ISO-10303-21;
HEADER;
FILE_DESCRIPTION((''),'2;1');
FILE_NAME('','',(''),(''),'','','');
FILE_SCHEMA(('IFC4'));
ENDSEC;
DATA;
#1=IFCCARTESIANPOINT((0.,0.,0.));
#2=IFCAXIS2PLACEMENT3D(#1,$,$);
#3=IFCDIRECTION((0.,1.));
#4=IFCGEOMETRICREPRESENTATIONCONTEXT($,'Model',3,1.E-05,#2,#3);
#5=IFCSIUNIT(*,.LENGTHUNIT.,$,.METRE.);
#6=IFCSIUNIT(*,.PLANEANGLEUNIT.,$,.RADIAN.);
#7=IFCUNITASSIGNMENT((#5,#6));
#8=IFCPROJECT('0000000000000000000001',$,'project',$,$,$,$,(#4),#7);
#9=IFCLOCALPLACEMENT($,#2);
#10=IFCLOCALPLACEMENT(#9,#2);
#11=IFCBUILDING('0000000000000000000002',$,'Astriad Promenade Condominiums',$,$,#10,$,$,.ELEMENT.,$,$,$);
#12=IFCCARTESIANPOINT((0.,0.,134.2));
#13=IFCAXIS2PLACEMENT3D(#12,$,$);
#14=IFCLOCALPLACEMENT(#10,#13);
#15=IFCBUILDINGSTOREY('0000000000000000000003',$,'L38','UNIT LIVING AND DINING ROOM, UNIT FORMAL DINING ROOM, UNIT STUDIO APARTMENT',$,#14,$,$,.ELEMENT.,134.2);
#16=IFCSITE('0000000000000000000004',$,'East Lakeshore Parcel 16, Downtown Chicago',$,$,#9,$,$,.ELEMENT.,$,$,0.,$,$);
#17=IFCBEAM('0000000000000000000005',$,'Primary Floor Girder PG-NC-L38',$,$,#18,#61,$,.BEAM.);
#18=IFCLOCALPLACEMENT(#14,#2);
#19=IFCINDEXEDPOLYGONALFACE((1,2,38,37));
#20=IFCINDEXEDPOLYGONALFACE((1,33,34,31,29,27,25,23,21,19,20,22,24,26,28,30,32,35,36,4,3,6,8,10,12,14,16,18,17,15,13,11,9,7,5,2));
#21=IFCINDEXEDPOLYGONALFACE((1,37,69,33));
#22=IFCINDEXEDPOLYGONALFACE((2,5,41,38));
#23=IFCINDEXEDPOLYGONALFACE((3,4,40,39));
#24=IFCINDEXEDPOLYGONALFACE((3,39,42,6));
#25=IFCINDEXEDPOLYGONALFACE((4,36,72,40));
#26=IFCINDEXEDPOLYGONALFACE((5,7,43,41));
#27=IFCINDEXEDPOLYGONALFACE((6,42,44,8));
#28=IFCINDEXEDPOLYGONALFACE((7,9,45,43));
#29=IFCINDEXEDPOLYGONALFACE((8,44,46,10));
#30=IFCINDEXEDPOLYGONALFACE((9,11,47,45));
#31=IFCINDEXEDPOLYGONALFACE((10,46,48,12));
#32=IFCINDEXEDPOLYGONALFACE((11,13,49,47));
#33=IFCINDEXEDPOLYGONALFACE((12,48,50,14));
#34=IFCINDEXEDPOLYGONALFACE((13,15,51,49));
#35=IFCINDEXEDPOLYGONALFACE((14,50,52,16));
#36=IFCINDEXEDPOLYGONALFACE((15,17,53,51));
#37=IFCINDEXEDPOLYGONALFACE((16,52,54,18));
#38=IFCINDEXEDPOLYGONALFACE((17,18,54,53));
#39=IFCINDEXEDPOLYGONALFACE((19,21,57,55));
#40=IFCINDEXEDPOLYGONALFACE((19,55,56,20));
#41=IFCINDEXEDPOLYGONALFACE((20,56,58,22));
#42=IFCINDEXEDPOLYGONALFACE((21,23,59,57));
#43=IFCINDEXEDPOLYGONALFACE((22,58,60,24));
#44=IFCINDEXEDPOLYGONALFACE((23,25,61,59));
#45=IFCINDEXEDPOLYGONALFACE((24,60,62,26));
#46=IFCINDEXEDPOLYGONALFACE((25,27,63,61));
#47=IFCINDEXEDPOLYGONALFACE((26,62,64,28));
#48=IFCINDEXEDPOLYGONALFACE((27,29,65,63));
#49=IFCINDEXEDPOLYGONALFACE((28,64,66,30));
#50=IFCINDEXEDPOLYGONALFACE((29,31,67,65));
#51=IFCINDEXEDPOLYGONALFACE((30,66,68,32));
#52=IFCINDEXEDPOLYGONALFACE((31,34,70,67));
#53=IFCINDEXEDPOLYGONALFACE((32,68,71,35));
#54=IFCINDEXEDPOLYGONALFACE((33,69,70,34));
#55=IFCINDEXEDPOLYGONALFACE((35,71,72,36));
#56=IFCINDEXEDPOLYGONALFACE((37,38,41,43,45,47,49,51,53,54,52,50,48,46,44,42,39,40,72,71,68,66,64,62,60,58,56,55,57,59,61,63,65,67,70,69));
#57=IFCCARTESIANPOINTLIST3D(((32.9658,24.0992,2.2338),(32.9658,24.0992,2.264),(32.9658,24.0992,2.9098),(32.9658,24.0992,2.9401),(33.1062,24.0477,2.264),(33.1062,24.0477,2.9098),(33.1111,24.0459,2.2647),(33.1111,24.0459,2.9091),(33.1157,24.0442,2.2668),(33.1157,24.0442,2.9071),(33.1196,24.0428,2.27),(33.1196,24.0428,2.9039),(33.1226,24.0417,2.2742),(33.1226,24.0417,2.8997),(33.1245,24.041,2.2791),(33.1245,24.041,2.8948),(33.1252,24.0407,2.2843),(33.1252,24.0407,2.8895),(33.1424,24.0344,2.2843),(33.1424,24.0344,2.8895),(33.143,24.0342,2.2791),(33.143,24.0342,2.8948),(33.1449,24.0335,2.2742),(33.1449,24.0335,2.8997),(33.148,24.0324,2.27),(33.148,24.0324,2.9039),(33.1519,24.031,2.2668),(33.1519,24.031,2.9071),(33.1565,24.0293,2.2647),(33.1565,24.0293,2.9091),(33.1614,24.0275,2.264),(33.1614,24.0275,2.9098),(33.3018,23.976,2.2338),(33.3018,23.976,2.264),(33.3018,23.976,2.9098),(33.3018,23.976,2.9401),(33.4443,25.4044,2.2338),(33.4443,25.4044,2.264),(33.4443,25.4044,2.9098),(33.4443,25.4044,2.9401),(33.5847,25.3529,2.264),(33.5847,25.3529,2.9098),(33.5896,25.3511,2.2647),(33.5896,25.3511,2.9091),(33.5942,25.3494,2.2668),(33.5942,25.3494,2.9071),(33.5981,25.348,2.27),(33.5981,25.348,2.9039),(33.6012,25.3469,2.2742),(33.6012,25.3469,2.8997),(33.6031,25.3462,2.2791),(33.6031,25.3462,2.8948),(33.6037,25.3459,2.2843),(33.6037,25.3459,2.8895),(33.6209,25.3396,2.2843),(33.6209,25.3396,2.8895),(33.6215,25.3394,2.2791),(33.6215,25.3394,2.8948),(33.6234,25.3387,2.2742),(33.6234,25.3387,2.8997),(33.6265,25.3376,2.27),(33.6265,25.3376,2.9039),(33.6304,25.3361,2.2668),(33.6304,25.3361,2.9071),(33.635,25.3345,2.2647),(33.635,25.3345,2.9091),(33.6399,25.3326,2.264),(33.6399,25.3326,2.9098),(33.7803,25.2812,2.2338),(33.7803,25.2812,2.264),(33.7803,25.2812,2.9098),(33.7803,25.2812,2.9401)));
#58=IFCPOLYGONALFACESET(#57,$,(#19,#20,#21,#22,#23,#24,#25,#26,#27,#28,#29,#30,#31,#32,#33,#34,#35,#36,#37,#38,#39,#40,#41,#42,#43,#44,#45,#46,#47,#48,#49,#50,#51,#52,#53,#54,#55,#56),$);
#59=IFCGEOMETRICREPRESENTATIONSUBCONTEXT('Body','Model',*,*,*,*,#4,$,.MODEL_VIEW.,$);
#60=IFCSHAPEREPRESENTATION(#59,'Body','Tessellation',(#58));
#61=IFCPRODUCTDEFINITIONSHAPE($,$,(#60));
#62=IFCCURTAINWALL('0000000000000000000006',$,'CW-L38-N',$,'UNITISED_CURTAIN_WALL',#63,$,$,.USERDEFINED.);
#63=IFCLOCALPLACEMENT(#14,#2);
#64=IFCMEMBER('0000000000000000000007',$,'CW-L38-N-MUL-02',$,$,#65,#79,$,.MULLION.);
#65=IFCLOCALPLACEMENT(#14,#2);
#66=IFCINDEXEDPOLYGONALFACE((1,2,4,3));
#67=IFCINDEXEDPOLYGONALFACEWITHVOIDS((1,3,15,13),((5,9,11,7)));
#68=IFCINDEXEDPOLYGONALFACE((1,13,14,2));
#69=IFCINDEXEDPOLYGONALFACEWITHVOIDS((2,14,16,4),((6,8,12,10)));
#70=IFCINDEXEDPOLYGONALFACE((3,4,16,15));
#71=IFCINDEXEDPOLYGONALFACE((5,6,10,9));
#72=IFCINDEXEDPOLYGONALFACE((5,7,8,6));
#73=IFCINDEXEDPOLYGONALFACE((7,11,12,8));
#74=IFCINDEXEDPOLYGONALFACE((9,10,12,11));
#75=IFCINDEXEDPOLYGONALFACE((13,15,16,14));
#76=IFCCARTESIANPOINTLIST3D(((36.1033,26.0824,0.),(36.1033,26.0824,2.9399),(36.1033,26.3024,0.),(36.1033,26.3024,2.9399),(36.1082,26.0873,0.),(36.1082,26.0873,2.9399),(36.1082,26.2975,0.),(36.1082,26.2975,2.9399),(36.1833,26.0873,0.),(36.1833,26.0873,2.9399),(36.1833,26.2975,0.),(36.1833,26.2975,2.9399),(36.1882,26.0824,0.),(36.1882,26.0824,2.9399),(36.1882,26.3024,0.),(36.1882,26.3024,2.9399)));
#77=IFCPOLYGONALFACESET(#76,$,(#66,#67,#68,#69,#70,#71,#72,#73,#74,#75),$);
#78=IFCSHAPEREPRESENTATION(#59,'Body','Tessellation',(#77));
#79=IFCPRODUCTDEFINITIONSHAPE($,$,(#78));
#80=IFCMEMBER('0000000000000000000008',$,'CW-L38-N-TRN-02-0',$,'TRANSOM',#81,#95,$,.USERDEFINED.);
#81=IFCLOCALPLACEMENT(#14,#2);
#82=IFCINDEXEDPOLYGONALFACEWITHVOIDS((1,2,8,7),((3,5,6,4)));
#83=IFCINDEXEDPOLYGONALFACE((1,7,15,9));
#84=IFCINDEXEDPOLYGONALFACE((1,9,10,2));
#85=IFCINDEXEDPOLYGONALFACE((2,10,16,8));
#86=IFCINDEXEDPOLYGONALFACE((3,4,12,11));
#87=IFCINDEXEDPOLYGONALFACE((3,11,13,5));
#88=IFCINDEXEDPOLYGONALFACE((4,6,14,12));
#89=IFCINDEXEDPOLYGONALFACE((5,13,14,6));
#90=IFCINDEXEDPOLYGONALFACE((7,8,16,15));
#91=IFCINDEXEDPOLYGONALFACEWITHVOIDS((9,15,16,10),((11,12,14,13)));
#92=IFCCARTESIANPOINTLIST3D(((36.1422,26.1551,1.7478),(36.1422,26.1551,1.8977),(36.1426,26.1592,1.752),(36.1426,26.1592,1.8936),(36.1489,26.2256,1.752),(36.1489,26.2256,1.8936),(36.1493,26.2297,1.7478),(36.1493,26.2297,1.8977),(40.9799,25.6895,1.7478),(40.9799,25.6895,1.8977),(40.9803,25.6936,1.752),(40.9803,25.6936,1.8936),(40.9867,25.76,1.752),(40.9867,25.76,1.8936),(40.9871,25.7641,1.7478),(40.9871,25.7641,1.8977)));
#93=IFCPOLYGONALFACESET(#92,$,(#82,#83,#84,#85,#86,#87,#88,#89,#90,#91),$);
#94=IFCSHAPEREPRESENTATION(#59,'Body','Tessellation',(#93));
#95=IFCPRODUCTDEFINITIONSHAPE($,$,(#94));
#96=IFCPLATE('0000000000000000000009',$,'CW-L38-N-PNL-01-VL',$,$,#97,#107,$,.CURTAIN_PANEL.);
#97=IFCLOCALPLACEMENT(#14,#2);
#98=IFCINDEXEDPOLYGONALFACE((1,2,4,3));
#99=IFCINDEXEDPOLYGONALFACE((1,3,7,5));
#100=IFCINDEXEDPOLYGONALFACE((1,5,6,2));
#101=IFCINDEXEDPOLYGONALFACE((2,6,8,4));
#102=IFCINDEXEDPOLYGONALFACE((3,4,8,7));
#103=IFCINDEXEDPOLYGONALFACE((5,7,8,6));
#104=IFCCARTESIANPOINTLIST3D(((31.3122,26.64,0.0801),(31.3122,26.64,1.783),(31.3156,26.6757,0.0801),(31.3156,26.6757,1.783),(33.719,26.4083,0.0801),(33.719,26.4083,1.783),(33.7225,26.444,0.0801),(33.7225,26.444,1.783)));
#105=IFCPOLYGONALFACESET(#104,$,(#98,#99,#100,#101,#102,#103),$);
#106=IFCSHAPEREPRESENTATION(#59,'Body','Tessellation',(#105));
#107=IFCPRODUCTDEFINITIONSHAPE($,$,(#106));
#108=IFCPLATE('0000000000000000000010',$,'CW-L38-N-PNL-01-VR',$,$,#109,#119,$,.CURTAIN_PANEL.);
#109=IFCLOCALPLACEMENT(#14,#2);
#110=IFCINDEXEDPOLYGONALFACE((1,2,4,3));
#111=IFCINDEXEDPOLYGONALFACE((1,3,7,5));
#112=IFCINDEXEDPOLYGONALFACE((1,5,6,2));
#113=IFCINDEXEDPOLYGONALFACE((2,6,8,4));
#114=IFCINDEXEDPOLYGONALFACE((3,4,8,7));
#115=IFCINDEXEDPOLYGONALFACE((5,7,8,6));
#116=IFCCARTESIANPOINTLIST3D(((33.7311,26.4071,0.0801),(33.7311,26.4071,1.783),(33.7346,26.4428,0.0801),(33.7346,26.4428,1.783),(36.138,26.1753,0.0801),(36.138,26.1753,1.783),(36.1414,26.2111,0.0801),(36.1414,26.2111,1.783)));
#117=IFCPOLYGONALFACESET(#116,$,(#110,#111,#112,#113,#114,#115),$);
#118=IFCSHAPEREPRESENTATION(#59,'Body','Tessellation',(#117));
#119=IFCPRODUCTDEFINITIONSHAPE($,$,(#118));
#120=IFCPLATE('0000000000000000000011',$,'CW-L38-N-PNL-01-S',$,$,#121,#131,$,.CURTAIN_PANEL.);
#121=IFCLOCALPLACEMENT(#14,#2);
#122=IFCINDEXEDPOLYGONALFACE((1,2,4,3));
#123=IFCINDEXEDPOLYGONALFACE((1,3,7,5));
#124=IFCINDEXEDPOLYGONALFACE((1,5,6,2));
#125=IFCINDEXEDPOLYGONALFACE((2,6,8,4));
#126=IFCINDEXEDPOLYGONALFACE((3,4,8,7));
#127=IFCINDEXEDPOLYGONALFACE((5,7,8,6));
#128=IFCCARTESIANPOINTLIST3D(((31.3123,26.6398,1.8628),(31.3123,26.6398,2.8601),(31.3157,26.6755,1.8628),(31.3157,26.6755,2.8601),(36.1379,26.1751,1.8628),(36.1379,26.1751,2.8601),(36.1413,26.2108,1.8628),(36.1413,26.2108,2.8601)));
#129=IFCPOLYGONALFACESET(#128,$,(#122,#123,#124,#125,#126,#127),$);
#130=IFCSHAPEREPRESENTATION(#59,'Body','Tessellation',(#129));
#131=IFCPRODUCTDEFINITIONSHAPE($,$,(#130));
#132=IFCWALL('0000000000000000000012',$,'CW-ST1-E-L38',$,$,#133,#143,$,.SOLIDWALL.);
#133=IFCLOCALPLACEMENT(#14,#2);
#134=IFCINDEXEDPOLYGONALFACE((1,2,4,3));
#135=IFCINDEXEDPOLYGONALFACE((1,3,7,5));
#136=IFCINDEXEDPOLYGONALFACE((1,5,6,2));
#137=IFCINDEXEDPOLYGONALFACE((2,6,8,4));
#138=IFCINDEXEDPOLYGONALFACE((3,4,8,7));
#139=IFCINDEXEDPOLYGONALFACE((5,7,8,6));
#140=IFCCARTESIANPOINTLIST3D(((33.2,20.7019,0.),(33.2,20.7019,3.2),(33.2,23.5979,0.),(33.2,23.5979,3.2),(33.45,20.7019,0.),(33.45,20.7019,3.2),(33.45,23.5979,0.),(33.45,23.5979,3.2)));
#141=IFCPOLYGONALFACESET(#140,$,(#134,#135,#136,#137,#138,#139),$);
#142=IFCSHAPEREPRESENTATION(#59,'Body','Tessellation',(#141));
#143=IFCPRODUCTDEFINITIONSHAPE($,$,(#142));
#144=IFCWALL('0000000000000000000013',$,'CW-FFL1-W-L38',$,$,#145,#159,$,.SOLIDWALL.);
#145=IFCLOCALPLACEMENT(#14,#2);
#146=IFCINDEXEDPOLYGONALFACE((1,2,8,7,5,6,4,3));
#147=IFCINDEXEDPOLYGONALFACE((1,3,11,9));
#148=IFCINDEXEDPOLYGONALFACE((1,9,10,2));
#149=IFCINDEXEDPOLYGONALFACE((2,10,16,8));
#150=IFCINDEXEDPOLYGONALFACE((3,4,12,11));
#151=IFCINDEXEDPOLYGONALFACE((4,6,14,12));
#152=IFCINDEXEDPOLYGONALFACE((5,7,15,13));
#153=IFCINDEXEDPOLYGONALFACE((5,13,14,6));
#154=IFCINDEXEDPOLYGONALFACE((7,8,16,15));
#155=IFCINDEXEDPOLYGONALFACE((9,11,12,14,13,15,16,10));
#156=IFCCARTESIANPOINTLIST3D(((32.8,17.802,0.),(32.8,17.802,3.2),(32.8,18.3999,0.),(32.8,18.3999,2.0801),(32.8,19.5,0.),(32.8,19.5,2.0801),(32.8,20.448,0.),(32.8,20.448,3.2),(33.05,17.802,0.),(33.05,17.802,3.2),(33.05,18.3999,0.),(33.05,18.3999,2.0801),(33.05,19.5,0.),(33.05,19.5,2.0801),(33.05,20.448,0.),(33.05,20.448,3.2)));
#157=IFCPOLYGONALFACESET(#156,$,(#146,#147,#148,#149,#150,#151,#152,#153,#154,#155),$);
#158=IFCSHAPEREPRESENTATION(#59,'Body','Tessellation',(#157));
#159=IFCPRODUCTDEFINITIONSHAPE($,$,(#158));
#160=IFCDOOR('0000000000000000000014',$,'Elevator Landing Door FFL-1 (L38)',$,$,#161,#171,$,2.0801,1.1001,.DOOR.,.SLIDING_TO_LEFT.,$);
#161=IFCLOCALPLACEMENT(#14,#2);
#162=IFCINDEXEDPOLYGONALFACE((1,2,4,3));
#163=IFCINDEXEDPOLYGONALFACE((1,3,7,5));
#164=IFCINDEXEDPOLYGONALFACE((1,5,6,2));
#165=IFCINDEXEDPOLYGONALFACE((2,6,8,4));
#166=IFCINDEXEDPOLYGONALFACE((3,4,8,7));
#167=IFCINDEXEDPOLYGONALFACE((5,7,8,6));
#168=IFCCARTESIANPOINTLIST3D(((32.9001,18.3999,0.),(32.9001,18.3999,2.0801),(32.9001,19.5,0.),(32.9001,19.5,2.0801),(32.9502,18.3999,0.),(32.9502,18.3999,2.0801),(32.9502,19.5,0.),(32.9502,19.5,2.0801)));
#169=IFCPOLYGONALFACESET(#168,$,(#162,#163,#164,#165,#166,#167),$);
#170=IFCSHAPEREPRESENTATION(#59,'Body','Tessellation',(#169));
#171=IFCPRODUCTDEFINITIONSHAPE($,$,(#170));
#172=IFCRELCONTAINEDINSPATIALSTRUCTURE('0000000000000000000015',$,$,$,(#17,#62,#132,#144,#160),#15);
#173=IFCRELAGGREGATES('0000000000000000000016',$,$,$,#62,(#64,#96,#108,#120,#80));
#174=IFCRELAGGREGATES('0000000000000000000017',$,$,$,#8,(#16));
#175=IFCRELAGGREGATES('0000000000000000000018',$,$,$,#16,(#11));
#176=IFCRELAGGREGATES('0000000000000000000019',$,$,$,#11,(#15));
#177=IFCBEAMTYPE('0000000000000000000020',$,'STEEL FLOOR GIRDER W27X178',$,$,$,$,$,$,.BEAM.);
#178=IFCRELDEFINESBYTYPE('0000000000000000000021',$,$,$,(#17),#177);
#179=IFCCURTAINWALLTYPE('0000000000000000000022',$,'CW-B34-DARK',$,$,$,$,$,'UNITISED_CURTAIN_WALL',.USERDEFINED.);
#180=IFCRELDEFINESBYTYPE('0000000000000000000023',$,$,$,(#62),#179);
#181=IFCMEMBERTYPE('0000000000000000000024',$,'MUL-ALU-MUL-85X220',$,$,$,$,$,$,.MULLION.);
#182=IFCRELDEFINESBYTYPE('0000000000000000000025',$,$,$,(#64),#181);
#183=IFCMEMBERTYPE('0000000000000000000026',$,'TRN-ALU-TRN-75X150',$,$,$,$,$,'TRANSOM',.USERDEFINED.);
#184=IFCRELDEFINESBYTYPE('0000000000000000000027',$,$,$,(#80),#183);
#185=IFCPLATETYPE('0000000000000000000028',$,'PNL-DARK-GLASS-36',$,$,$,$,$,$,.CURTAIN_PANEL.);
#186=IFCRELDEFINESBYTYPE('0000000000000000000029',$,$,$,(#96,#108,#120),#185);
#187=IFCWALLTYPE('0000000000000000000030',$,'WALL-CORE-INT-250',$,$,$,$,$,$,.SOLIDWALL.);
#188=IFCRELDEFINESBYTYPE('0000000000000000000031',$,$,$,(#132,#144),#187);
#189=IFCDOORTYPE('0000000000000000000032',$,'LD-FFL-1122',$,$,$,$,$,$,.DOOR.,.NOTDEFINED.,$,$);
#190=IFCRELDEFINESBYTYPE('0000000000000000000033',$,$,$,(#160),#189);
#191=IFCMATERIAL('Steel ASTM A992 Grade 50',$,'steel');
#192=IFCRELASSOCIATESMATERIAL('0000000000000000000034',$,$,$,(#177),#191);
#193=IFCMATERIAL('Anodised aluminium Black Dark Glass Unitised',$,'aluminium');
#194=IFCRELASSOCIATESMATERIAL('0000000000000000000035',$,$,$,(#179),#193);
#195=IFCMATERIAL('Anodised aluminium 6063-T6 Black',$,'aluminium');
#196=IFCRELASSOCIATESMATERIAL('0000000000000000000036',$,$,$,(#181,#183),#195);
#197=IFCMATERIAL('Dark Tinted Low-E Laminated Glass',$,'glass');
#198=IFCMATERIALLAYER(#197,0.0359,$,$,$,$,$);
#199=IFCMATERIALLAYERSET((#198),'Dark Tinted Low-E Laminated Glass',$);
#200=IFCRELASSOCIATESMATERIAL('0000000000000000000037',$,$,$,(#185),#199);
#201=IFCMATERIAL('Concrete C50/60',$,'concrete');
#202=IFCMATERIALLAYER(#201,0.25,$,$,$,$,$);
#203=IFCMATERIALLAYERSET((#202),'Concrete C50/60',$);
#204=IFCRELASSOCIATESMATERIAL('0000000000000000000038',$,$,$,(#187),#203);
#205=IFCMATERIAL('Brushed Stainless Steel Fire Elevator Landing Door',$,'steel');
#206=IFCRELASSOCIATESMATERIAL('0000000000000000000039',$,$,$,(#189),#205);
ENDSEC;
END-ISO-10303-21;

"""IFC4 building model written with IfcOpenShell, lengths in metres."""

from ifc_helpers import new_model, si_unit, direction, frame, frame_2d, origin, origin_2d, place, context, subcontext, project, spatial, rectangle, hollow_rectangle, i_section, extrude, source, transform, mapped, material, layer, layer_set, material_profile, profile_set, type_object, type_shapes, element, fill, aggregate, save


model = new_model("IFC4")

# Units and contexts
model_context = context("Model", 3, precision=1e-05, world=origin(), true_north=direction((0.0, 1.0)))
body_context = subcontext(model_context, "Body", "Model", "MODEL_VIEW")
ifc_project = project(units=[si_unit("LENGTHUNIT", "METRE"), si_unit("PLANEANGLEUNIT", "RADIAN")], contexts=[model_context])

# Site, building, storey
site_placement = place(None, origin())
site = spatial("IfcSite", under=ifc_project, at=site_placement, Name="East Lakeshore Parcel 16, Downtown Chicago", CompositionType="ELEMENT", RefElevation=0.0)
building_placement = place(site_placement, origin())
building = spatial("IfcBuilding", under=site, at=building_placement, Name="Astriad Promenade Condominiums", CompositionType="ELEMENT")
storey_placement = place(building_placement, frame((0.0, 0.0, 134.2)))
storey = spatial("IfcBuildingStorey", under=building, at=storey_placement, Name="L38", Description="UNIT LIVING AND DINING ROOM, UNIT FORMAL DINING ROOM, UNIT STUDIO APARTMENT", CompositionType="ELEMENT", Elevation=134.2)

# Shared definitions
ifc_material_1 = material(Name="Steel ASTM A992 Grade 50", Category="steel")

# Beam
ifc_material_profile_1 = material_profile(ifc_material_1, i_section(OverallWidth=0.3579, OverallDepth=0.7063, WebThickness=0.0183, FlangeThickness=0.0303, FilletRadius=0.0203, at=origin_2d()), Name="W27X178")
ifc_profile_set_1 = profile_set([ifc_material_profile_1], Name="Steel ASTM A992 Grade 50")
beam_type_1 = type_object("IfcBeamType", Name="STEEL FLOOR GIRDER W27X178", PredefinedType="BEAM", material=ifc_profile_set_1)
shared_shape_1 = source(origin(), body_context, "Body", "SweptSolid", [
    extrude(i_section(OverallWidth=0.3579, OverallDepth=0.7063, WebThickness=0.0183, FlangeThickness=0.0303, FilletRadius=0.0203, at=origin_2d()), origin(), (0.0, 0.0, 1.0), 1.3901),
])
type_shapes(beam_type_1, [shared_shape_1])
beam_1_placement = place(storey_placement, frame((33.6123, 25.3428, 2.5869), z_axis=(-0.344224, -0.938888, 0.0), x_axis=(0.938888, -0.344224, 0.0)))
element("IfcBeam", 1, at=beam_1_placement, inside=storey, type_object=beam_type_1, Name="Primary Floor Girder PG-NC-L38", PredefinedType="BEAM", context=body_context, shape_type="MappedRepresentation", body=[
    mapped(shared_shape_1, transform((0.0, 0.0, 0.0), scale=1.0)),
])

# Curtain wall, members, plates
ifc_material_2 = material(Name="Anodised aluminium Black Dark Glass Unitised", Category="aluminium")
curtain_wall_type = type_object("IfcCurtainWallType", Name="CW-B34-DARK", ElementType="UNITISED_CURTAIN_WALL", PredefinedType="USERDEFINED", material=ifc_material_2)
curtain_wall_placement = place(storey_placement, origin())
curtain_wall = element("IfcCurtainWall", 2, at=curtain_wall_placement, inside=storey, type_object=curtain_wall_type, Name="CW-L38-N", ObjectType="UNITISED_CURTAIN_WALL", PredefinedType="USERDEFINED")
ifc_material_3 = material(Name="Anodised aluminium 6063-T6 Black", Category="aluminium")
ifc_material_profile_2 = material_profile(ifc_material_3, hollow_rectangle(XDim=0.085, YDim=0.22, WallThickness=0.0049, at=origin_2d()), Name="ALU-MUL-85X220")
ifc_profile_set_2 = profile_set([ifc_material_profile_2], Name="Anodised aluminium 6063-T6 Black")
member_type_1 = type_object("IfcMemberType", Name="MUL-ALU-MUL-85X220", PredefinedType="MULLION", material=ifc_profile_set_2)
shared_shape_2 = source(origin(), body_context, "Body", "SweptSolid", [
    extrude(hollow_rectangle(XDim=0.085, YDim=0.22, WallThickness=0.0049, at=origin_2d()), origin(), (0.0, 0.0, 1.0), 2.9399),
])
type_shapes(member_type_1, [shared_shape_2])
member_1_placement = place(storey_placement, frame((36.1458, 26.1924, 0.0), z_axis=(0.0, 0.0, 1.0), x_axis=(1.0, 0.0, 0.0)))
member_1 = element("IfcMember", 3, at=member_1_placement, type_object=member_type_1, Name="CW-L38-N-MUL-02", PredefinedType="MULLION", context=body_context, shape_type="MappedRepresentation", body=[
    mapped(shared_shape_2, transform((0.0, 0.0, 0.0), scale=1.0)),
])
ifc_material_profile_3 = material_profile(ifc_material_3, hollow_rectangle(XDim=0.075, YDim=0.1499, WallThickness=0.0042, at=origin_2d()), Name="ALU-TRN-75X150")
ifc_profile_set_3 = profile_set([ifc_material_profile_3], Name="Anodised aluminium 6063-T6 Black")
member_type_2 = type_object("IfcMemberType", Name="TRN-ALU-TRN-75X150", ElementType="TRANSOM", PredefinedType="USERDEFINED", material=ifc_profile_set_3)
shared_shape_3 = source(origin(), body_context, "Body", "SweptSolid", [
    extrude(hollow_rectangle(XDim=0.075, YDim=0.1499, WallThickness=0.0042, at=origin_2d()), origin(), (0.0, 0.0, 1.0), 4.8601),
])
type_shapes(member_type_2, [shared_shape_3])
member_2_placement = place(storey_placement, frame((36.1458, 26.1924, 1.8228), z_axis=(0.995401, -0.095798, 0.0), x_axis=(0.095798, 0.995401, 0.0)))
member_2 = element("IfcMember", 4, at=member_2_placement, type_object=member_type_2, Name="CW-L38-N-TRN-02-0", ObjectType="TRANSOM", PredefinedType="USERDEFINED", context=body_context, shape_type="MappedRepresentation", body=[
    mapped(shared_shape_3, transform((0.0, 0.0, 0.0), scale=1.0)),
])
ifc_material_4 = material(Name="Dark Tinted Low-E Laminated Glass", Category="glass")
ifc_layer_1 = layer(ifc_material_4, 0.0359)
ifc_layer_set_1 = layer_set([ifc_layer_1], Name="Dark Tinted Low-E Laminated Glass")
plate_type = type_object("IfcPlateType", Name="PNL-DARK-GLASS-36", PredefinedType="CURTAIN_PANEL", material=ifc_layer_set_1)
shared_shape_4 = source(origin(), body_context, "Body", "SweptSolid", [
    extrude(rectangle(XDim=2.418, YDim=0.0359, at=origin_2d()), origin(), (0.0, 0.0, 1.0), 1.7029),
])
plate_1_placement = place(storey_placement, frame((32.5173, 26.542, 0.0801), z_axis=(0.0, 0.0, 1.0), x_axis=(0.995396, -0.095846, 0.0)))
plate_1 = element("IfcPlate", 5, at=plate_1_placement, type_object=plate_type, Name="CW-L38-N-PNL-01-VL", PredefinedType="CURTAIN_PANEL", context=body_context, shape_type="MappedRepresentation", body=[
    mapped(shared_shape_4, transform((0.0, 0.0, 0.0), scale=1.0)),
])
plate_2_placement = place(storey_placement, frame((34.9363, 26.3091, 0.0801), z_axis=(0.0, 0.0, 1.0), x_axis=(0.995396, -0.095846, 0.0)))
plate_2 = element("IfcPlate", 6, at=plate_2_placement, type_object=plate_type, Name="CW-L38-N-PNL-01-VR", PredefinedType="CURTAIN_PANEL", context=body_context, shape_type="MappedRepresentation", body=[
    mapped(shared_shape_4, transform((0.0, 0.0, 0.0), scale=1.0)),
])
shared_shape_5 = source(origin(), body_context, "Body", "SweptSolid", [
    extrude(rectangle(XDim=4.8479, YDim=0.0359, at=origin_2d()), origin(), (0.0, 0.0, 1.0), 0.9973),
])
type_shapes(plate_type, [shared_shape_4, shared_shape_5])
plate_3_placement = place(storey_placement, frame((33.7268, 26.4253, 1.8628), z_axis=(0.0, 0.0, 1.0), x_axis=(0.995396, -0.095846, 0.0)))
plate_3 = element("IfcPlate", 7, at=plate_3_placement, type_object=plate_type, Name="CW-L38-N-PNL-01-S", PredefinedType="CURTAIN_PANEL", context=body_context, shape_type="MappedRepresentation", body=[
    mapped(shared_shape_5, transform((0.0, 0.0, 0.0), scale=1.0)),
])
aggregate(curtain_wall, [member_1, plate_1, plate_2, plate_3, member_2])

# Wall
ifc_material_5 = material(Name="Concrete C50/60", Category="concrete")
ifc_layer_2 = layer(ifc_material_5, 0.25)
ifc_layer_set_2 = layer_set([ifc_layer_2], Name="Concrete C50/60")
wall_type_1 = type_object("IfcWallType", Name="WALL-CORE-INT-250", PredefinedType="SOLIDWALL", material=ifc_layer_set_2)
wall_1_placement = place(storey_placement, frame((33.325, 20.7019, 0.0), z_axis=(0.0, 0.0, 1.0), x_axis=(0.0, 1.0, 0.0)))
element("IfcWall", 8, at=wall_1_placement, inside=storey, type_object=wall_type_1, Name="CW-ST1-E-L38", PredefinedType="SOLIDWALL", context=body_context, shape_type="SweptSolid", body=[
    extrude(rectangle(XDim=2.896, YDim=0.25, at=frame_2d((1.448, 0.0))), origin(), (0.0, 0.0, 1.0), 3.2),
])

# Wall, opening, door
wall_2_placement = place(storey_placement, frame((32.925, 17.802, 0.0), z_axis=(0.0, 0.0, 1.0), x_axis=(0.0, 1.0, 0.0)))
wall_2 = element("IfcWall", 9, at=wall_2_placement, inside=storey, type_object=wall_type_1, Name="CW-FFL1-W-L38", PredefinedType="SOLIDWALL", context=body_context, shape_type="SweptSolid", body=[
    extrude(rectangle(XDim=2.646, YDim=0.25, at=frame_2d((1.323, 0.0))), origin(), (0.0, 0.0, 1.0), 3.2),
])
opening_1_placement = place(wall_2_placement, frame((0.5979, 0.0, 0.0)))
opening_1 = element("IfcOpeningElement", 10, at=opening_1_placement, cuts=wall_2, PredefinedType="OPENING", context=body_context, shape_type="SweptSolid", body=[
    extrude(rectangle(XDim=1.1001, YDim=2.0801, at=frame_2d((0.55, 1.04))), frame((0.0, 0.135, 0.0), z_axis=(0.0, -1.0, 0.0), x_axis=(1.0, 0.0, 0.0)), (0.0, 0.0, 1.0), 0.27),
])
ifc_material_6 = material(Name="Brushed Stainless Steel Fire Elevator Landing Door", Category="steel")
door_type_1 = type_object("IfcDoorType", Name="LD-FFL-1122", OperationType="NOTDEFINED", PredefinedType="DOOR", material=ifc_material_6)
shared_shape_6 = source(origin(), body_context, "Body", "SweptSolid", [
    extrude(rectangle(XDim=1.1001, YDim=2.0801, at=frame_2d((0.55, 1.04))), frame((0.0, 0.0249, 0.0), z_axis=(0.0, -1.0, 0.0), x_axis=(1.0, 0.0, 0.0)), (0.0, 0.0, 1.0), 0.05),
])
type_shapes(door_type_1, [shared_shape_6])
door_1_placement = place(opening_1_placement, origin())
door_1 = element("IfcDoor", 11, at=door_1_placement, inside=storey, type_object=door_type_1, Name="Elevator Landing Door FFL-1 (L38)", OperationType="SLIDING_TO_LEFT", OverallHeight=2.0801, OverallWidth=1.1001, PredefinedType="DOOR", context=body_context, shape_type="MappedRepresentation", body=[
    mapped(shared_shape_6, transform((0.0, 0.0, 0.0), scale=1.0)),
])
fill(opening_1, door_1)

save(model, "model.ifc")
